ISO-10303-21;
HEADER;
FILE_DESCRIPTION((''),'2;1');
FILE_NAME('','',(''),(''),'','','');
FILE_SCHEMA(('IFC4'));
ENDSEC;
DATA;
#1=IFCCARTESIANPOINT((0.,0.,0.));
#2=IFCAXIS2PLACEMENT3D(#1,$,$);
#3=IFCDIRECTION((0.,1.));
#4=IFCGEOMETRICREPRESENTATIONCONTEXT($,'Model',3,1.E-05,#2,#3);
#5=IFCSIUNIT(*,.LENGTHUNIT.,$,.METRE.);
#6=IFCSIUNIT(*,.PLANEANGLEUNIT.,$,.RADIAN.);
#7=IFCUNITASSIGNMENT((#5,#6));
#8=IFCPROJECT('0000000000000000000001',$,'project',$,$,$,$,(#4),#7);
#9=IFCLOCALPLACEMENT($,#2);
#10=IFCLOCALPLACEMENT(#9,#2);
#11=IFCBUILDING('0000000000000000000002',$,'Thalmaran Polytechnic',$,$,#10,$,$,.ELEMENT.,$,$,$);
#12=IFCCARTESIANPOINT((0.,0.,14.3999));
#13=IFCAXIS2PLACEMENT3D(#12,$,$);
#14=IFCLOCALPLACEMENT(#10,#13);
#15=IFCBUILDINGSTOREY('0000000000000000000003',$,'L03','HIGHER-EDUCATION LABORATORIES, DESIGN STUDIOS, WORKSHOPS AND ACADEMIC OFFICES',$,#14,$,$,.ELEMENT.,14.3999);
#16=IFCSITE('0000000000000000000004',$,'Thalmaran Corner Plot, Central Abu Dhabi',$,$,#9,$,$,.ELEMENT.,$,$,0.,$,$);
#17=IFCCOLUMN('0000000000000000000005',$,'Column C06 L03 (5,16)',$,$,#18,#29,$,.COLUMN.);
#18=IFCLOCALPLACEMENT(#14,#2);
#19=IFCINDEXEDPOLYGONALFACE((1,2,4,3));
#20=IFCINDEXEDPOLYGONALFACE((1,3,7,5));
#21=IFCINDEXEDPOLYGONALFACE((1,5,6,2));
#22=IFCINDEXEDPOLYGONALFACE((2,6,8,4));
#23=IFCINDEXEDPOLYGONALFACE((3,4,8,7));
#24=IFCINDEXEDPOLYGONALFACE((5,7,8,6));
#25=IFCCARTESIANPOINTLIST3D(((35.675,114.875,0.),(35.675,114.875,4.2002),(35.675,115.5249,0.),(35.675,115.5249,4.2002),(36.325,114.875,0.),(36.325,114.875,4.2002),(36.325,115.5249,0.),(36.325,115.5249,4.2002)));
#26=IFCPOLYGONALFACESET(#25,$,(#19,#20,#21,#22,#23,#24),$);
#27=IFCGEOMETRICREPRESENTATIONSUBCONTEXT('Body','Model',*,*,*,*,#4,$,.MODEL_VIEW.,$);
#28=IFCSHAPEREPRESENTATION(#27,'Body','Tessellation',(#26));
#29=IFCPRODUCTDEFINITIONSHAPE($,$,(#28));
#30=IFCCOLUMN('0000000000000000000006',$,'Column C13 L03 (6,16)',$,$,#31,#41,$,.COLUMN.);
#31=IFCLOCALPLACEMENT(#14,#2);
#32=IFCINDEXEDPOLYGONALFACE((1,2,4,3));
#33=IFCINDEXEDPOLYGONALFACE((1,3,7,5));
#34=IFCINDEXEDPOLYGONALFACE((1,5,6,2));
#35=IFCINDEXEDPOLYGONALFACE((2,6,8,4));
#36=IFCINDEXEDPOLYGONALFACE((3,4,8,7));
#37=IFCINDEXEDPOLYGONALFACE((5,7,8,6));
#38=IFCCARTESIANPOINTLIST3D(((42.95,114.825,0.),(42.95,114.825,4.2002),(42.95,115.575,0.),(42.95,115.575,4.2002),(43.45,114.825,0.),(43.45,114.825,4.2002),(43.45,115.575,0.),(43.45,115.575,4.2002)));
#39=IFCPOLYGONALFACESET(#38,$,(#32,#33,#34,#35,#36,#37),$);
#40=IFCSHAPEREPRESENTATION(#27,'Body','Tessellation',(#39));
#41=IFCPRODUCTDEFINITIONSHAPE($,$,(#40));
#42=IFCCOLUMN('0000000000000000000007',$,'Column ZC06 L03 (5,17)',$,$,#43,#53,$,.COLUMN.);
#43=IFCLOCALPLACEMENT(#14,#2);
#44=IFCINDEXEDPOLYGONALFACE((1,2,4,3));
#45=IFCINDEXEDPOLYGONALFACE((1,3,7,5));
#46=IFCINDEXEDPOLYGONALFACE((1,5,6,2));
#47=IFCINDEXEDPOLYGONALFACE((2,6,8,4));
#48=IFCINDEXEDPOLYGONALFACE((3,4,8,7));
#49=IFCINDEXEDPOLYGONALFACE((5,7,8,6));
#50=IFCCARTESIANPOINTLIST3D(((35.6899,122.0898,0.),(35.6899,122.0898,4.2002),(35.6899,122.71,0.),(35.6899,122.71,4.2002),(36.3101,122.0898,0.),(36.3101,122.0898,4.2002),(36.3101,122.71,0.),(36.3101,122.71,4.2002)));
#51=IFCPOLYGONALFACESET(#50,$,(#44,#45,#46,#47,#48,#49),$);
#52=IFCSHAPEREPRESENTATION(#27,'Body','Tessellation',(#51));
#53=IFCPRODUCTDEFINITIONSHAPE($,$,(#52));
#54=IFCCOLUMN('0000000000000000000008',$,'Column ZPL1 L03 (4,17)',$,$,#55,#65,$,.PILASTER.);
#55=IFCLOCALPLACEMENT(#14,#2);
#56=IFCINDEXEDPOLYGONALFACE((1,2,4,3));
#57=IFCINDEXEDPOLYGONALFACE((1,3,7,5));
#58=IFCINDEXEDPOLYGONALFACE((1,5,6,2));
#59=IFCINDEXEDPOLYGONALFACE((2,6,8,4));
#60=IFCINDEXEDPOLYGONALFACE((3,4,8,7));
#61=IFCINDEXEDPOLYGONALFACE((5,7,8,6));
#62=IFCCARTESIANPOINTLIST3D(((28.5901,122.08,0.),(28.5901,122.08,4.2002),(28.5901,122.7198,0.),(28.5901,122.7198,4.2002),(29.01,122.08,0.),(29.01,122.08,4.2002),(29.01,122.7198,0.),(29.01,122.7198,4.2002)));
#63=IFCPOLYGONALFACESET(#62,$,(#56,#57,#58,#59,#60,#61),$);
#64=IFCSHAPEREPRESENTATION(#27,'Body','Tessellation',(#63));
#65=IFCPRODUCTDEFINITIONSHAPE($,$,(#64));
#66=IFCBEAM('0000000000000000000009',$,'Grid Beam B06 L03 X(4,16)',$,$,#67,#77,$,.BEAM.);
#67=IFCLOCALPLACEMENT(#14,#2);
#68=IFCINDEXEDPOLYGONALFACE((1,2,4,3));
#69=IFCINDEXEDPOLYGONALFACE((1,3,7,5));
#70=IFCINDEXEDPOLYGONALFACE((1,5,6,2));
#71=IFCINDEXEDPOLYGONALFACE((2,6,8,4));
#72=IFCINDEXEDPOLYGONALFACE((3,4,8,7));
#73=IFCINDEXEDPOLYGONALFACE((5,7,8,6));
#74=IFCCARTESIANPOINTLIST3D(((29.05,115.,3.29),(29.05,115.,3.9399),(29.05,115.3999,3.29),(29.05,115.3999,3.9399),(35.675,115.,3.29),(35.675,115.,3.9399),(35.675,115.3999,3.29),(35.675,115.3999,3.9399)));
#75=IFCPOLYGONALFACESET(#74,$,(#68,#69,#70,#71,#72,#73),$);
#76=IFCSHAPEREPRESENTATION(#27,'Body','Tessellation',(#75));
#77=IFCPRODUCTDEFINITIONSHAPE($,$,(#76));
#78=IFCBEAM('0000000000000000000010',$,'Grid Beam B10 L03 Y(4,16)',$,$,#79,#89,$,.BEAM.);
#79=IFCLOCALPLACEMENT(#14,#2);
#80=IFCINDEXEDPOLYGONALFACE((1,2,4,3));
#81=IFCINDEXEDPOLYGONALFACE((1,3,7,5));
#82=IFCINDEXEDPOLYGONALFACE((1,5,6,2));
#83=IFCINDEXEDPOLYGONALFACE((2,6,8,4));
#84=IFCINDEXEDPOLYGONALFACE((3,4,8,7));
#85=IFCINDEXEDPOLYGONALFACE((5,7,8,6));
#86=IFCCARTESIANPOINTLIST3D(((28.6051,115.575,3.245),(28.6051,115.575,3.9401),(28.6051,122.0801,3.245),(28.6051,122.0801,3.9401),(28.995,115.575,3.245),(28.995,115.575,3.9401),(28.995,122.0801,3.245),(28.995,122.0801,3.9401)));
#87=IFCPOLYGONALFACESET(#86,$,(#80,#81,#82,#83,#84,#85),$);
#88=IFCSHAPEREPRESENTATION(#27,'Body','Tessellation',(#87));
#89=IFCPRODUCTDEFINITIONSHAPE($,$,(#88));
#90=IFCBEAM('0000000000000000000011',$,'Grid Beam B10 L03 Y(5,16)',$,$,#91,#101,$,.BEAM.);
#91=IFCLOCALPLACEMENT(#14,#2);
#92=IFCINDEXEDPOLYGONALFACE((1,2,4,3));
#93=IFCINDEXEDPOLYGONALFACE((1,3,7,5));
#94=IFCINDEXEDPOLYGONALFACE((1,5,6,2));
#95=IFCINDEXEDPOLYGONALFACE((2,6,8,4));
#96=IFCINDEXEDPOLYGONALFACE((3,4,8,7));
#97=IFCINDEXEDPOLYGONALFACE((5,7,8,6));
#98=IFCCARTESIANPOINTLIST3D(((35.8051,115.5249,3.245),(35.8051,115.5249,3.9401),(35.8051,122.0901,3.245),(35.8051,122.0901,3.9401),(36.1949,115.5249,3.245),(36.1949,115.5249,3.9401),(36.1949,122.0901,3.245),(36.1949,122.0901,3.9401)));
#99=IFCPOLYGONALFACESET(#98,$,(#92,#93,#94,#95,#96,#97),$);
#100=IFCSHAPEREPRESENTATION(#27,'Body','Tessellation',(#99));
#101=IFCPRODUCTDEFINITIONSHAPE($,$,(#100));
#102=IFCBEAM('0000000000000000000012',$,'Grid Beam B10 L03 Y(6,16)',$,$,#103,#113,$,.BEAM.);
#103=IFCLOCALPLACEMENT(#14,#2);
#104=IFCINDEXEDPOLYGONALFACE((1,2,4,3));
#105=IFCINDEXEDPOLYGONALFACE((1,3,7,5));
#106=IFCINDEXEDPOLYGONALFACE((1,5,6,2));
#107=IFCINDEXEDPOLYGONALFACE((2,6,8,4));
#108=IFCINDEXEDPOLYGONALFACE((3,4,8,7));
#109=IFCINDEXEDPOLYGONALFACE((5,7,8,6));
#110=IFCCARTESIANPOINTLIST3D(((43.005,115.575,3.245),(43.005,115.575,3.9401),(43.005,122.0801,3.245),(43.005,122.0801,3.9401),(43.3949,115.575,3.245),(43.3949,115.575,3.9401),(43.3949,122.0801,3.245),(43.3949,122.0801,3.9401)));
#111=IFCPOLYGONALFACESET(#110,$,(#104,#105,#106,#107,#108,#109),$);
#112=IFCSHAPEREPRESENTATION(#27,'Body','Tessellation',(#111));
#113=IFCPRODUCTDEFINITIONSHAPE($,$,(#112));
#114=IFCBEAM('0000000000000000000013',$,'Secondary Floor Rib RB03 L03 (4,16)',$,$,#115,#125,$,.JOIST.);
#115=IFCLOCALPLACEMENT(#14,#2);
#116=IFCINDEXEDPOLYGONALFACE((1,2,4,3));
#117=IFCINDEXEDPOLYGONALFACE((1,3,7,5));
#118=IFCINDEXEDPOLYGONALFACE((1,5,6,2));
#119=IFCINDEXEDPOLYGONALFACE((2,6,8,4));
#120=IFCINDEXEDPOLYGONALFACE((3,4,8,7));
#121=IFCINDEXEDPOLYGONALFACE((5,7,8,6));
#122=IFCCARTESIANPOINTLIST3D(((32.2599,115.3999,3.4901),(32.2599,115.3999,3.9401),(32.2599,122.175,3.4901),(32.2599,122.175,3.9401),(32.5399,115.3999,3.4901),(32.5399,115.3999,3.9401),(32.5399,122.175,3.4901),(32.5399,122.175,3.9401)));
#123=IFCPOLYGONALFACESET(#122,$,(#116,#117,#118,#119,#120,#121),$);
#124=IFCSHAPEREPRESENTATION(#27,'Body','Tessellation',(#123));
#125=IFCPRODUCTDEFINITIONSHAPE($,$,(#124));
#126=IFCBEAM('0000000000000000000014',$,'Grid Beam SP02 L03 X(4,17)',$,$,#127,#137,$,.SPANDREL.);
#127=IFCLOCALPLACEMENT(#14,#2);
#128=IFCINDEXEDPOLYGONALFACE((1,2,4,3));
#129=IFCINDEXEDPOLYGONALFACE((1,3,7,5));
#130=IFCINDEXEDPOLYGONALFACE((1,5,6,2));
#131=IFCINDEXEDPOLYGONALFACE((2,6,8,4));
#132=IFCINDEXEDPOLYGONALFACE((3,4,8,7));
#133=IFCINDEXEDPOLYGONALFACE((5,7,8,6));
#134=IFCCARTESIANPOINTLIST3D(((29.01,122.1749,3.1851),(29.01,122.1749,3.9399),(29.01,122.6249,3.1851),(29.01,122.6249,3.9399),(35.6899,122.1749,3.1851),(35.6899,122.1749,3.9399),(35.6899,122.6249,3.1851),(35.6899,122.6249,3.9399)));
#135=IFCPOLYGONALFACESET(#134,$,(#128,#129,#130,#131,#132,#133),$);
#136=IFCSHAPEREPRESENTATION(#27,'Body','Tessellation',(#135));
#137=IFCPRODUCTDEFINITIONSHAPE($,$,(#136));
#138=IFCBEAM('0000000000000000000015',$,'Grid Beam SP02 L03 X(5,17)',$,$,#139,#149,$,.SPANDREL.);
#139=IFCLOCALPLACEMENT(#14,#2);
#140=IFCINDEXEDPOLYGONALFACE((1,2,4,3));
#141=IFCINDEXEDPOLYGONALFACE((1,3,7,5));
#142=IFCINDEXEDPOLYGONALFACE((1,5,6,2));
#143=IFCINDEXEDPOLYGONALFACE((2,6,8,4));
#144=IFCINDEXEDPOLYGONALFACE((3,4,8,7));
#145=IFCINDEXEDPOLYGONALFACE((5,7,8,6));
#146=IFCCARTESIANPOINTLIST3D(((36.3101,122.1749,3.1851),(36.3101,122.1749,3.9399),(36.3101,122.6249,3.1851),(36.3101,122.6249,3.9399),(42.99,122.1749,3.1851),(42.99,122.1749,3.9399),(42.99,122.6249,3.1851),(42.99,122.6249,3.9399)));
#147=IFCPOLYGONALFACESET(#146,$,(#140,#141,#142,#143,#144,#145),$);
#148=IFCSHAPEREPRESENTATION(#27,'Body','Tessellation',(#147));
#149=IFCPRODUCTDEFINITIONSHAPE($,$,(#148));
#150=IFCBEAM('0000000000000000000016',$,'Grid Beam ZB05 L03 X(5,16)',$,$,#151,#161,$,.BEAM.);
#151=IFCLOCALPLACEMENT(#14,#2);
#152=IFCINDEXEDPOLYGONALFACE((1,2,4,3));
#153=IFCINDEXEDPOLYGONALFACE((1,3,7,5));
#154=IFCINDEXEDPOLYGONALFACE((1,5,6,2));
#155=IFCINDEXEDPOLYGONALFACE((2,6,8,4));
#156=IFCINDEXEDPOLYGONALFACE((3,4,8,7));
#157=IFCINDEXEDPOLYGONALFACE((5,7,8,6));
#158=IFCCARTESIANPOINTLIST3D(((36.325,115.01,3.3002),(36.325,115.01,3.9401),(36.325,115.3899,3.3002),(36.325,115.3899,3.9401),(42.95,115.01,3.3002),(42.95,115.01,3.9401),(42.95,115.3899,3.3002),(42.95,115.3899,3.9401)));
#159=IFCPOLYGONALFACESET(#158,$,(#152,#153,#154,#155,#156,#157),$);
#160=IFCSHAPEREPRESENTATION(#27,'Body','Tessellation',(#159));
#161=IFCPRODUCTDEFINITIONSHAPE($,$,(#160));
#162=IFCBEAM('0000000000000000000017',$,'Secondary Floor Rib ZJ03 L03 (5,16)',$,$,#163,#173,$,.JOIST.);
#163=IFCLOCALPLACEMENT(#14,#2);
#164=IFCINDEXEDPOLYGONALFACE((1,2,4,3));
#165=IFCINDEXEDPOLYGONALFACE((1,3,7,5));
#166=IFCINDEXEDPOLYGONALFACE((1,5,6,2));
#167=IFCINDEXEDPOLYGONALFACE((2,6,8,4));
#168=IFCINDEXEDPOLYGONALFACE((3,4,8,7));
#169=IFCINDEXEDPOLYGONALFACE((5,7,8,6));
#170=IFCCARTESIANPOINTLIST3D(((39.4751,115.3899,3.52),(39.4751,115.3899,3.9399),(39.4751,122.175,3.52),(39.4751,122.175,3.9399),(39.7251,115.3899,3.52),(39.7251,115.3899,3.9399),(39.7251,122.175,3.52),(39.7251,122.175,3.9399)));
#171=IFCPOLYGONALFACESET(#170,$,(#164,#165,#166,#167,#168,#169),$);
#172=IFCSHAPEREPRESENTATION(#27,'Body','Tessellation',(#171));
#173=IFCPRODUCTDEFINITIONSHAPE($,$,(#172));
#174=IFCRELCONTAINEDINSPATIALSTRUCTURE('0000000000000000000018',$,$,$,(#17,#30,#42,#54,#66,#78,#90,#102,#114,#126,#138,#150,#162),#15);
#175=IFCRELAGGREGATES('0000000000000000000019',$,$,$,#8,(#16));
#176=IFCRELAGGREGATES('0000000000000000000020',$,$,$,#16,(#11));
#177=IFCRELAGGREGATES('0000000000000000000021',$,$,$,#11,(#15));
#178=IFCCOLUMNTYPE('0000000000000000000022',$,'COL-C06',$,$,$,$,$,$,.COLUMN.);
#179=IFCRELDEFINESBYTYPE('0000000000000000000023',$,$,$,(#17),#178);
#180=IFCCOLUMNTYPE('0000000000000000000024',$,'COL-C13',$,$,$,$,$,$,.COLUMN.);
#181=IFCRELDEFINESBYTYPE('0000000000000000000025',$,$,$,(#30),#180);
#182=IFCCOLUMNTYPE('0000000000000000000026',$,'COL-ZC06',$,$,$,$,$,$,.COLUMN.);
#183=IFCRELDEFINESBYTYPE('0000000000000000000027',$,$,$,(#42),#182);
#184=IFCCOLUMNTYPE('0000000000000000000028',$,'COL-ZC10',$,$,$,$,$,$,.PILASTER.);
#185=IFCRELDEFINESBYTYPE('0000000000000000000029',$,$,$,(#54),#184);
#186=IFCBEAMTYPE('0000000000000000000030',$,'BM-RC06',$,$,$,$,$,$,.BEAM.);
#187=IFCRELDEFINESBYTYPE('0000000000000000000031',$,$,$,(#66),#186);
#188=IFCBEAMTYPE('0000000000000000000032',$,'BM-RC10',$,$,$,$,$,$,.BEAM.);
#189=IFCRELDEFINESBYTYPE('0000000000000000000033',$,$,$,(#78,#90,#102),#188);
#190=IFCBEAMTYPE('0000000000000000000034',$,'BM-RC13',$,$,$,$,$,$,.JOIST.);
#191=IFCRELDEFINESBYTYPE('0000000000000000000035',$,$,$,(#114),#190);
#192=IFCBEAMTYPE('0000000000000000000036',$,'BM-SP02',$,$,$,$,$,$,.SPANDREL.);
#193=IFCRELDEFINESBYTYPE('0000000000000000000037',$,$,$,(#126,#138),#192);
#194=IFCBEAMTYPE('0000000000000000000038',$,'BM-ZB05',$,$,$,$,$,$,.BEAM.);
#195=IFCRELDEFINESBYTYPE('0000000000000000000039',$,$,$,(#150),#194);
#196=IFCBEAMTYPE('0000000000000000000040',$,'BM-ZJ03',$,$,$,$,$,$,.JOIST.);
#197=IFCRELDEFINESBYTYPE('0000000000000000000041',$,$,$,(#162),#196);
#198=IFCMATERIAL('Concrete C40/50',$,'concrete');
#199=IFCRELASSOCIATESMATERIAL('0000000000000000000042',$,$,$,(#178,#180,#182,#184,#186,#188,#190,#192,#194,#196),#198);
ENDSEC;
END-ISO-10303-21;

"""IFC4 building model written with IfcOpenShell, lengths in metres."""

from ifc_helpers import new_model, si_unit, direction, frame, origin, origin_2d, place, context, subcontext, project, spatial, rectangle, extrude, material, material_profile, profile_set, type_object, element, save


model = new_model("IFC4")

# Units and contexts
model_context = context("Model", 3, precision=1e-05, world=origin(), true_north=direction((0.0, 1.0)))
body_context = subcontext(model_context, "Body", "Model", "MODEL_VIEW")
ifc_project = project(units=[si_unit("LENGTHUNIT", "METRE"), si_unit("PLANEANGLEUNIT", "RADIAN")], contexts=[model_context])

# Site, building, storey
site_placement = place(None, origin())
site = spatial("IfcSite", under=ifc_project, at=site_placement, Name="Thalmaran Corner Plot, Central Abu Dhabi", CompositionType="ELEMENT", RefElevation=0.0)
building_placement = place(site_placement, origin())
building = spatial("IfcBuilding", under=site, at=building_placement, Name="Thalmaran Polytechnic", CompositionType="ELEMENT")
storey_placement = place(building_placement, frame((0.0, 0.0, 14.3999)))
storey = spatial("IfcBuildingStorey", under=building, at=storey_placement, Name="L03", Description="HIGHER-EDUCATION LABORATORIES, DESIGN STUDIOS, WORKSHOPS AND ACADEMIC OFFICES", CompositionType="ELEMENT", Elevation=14.3999)

# Columns
ifc_material_1 = material(Name="Concrete C40/50", Category="concrete")
ifc_material_profile_1 = material_profile(ifc_material_1, rectangle(XDim=0.6499, YDim=0.6499, at=origin_2d()), Name="RC 650x650")
ifc_profile_set_1 = profile_set([ifc_material_profile_1], Name="Concrete C40/50")
column_type_1 = type_object("IfcColumnType", Name="COL-C06", PredefinedType="COLUMN", material=ifc_profile_set_1)
column_1_placement = place(storey_placement, frame((36.0, 115.2, 0.0), z_axis=(0.0, 0.0, 1.0), x_axis=(1.0, 0.0, 0.0)))
element("IfcColumn", 1, at=column_1_placement, inside=storey, type_object=column_type_1, Name="Column C06 L03 (5,16)", PredefinedType="COLUMN", context=body_context, shape_type="SweptSolid", body=[
    extrude(rectangle(XDim=0.6499, YDim=0.6499, at=origin_2d()), origin(), (0.0, 0.0, 1.0), 4.2002),
])
ifc_material_profile_2 = material_profile(ifc_material_1, rectangle(XDim=0.5, YDim=0.75, at=origin_2d()), Name="RC 500x750")
ifc_profile_set_2 = profile_set([ifc_material_profile_2], Name="Concrete C40/50")
column_type_2 = type_object("IfcColumnType", Name="COL-C13", PredefinedType="COLUMN", material=ifc_profile_set_2)
column_2_placement = place(storey_placement, frame((43.2, 115.2, 0.0), z_axis=(0.0, 0.0, 1.0), x_axis=(1.0, 0.0, 0.0)))
element("IfcColumn", 2, at=column_2_placement, inside=storey, type_object=column_type_2, Name="Column C13 L03 (6,16)", PredefinedType="COLUMN", context=body_context, shape_type="SweptSolid", body=[
    extrude(rectangle(XDim=0.5, YDim=0.75, at=origin_2d()), origin(), (0.0, 0.0, 1.0), 4.2002),
])
ifc_material_profile_3 = material_profile(ifc_material_1, rectangle(XDim=0.6201, YDim=0.6201, at=origin_2d()), Name="RC 620x620")
ifc_profile_set_3 = profile_set([ifc_material_profile_3], Name="Concrete C40/50")
column_type_3 = type_object("IfcColumnType", Name="COL-ZC06", PredefinedType="COLUMN", material=ifc_profile_set_3)
column_3_placement = place(storey_placement, frame((36.0, 122.3999, 0.0), z_axis=(0.0, 0.0, 1.0), x_axis=(1.0, 0.0, 0.0)))
element("IfcColumn", 3, at=column_3_placement, inside=storey, type_object=column_type_3, Name="Column ZC06 L03 (5,17)", PredefinedType="COLUMN", context=body_context, shape_type="SweptSolid", body=[
    extrude(rectangle(XDim=0.6201, YDim=0.6201, at=origin_2d()), origin(), (0.0, 0.0, 1.0), 4.2002),
])
ifc_material_profile_4 = material_profile(ifc_material_1, rectangle(XDim=0.4199, YDim=0.6399, at=origin_2d()), Name="RC 420x640")
ifc_profile_set_4 = profile_set([ifc_material_profile_4], Name="Concrete C40/50")
column_type_4 = type_object("IfcColumnType", Name="COL-ZC10", PredefinedType="PILASTER", material=ifc_profile_set_4)
column_4_placement = place(storey_placement, frame((28.8, 122.3999, 0.0), z_axis=(0.0, 0.0, 1.0), x_axis=(1.0, 0.0, 0.0)))
element("IfcColumn", 4, at=column_4_placement, inside=storey, type_object=column_type_4, Name="Column ZPL1 L03 (4,17)", PredefinedType="PILASTER", context=body_context, shape_type="SweptSolid", body=[
    extrude(rectangle(XDim=0.4199, YDim=0.6399, at=origin_2d()), origin(), (0.0, 0.0, 1.0), 4.2002),
])

# Beams
ifc_material_profile_5 = material_profile(ifc_material_1, rectangle(XDim=0.3999, YDim=0.6499, at=origin_2d()), Name="RC 400x650")
ifc_profile_set_5 = profile_set([ifc_material_profile_5], Name="Concrete C40/50")
beam_type_1 = type_object("IfcBeamType", Name="BM-RC06", PredefinedType="BEAM", material=ifc_profile_set_5)
beam_1_placement = place(storey_placement, frame((29.05, 115.2, 3.615), z_axis=(1.0, 0.0, 0.0), x_axis=(0.0, 1.0, 0.0)))
element("IfcBeam", 5, at=beam_1_placement, inside=storey, type_object=beam_type_1, Name="Grid Beam B06 L03 X(4,16)", PredefinedType="BEAM", context=body_context, shape_type="SweptSolid", body=[
    extrude(rectangle(XDim=0.3999, YDim=0.6499, at=origin_2d()), origin(), (0.0, 0.0, 1.0), 6.625),
])
ifc_material_profile_6 = material_profile(ifc_material_1, rectangle(XDim=0.3899, YDim=0.6951, at=origin_2d()), Name="RC 390x695")
ifc_profile_set_6 = profile_set([ifc_material_profile_6], Name="Concrete C40/50")
beam_type_2 = type_object("IfcBeamType", Name="BM-RC10", PredefinedType="BEAM", material=ifc_profile_set_6)
beam_2_placement = place(storey_placement, frame((28.8, 115.575, 3.5925), z_axis=(0.0, 1.0, 0.0), x_axis=(-1.0, 0.0, 0.0)))
element("IfcBeam", 6, at=beam_2_placement, inside=storey, type_object=beam_type_2, Name="Grid Beam B10 L03 Y(4,16)", PredefinedType="BEAM", context=body_context, shape_type="SweptSolid", body=[
    extrude(rectangle(XDim=0.3899, YDim=0.6951, at=origin_2d()), origin(), (0.0, 0.0, 1.0), 6.5051),
])
beam_3_placement = place(storey_placement, frame((36.0, 115.5249, 3.5925), z_axis=(0.0, 1.0, 0.0), x_axis=(-1.0, 0.0, 0.0)))
element("IfcBeam", 7, at=beam_3_placement, inside=storey, type_object=beam_type_2, Name="Grid Beam B10 L03 Y(5,16)", PredefinedType="BEAM", context=body_context, shape_type="SweptSolid", body=[
    extrude(rectangle(XDim=0.3899, YDim=0.6951, at=origin_2d()), origin(), (0.0, 0.0, 1.0), 6.5652),
])
beam_4_placement = place(storey_placement, frame((43.2, 115.575, 3.5925), z_axis=(0.0, 1.0, 0.0), x_axis=(-1.0, 0.0, 0.0)))
element("IfcBeam", 8, at=beam_4_placement, inside=storey, type_object=beam_type_2, Name="Grid Beam B10 L03 Y(6,16)", PredefinedType="BEAM", context=body_context, shape_type="SweptSolid", body=[
    extrude(rectangle(XDim=0.3899, YDim=0.6951, at=origin_2d()), origin(), (0.0, 0.0, 1.0), 6.5051),
])
ifc_material_profile_7 = material_profile(ifc_material_1, rectangle(XDim=0.28, YDim=0.45, at=origin_2d()), Name="RC 280x450")
ifc_profile_set_7 = profile_set([ifc_material_profile_7], Name="Concrete C40/50")
beam_type_3 = type_object("IfcBeamType", Name="BM-RC13", PredefinedType="JOIST", material=ifc_profile_set_7)
beam_5_placement = place(storey_placement, frame((32.3999, 115.3999, 3.7151), z_axis=(0.0, 1.0, 0.0), x_axis=(-1.0, 0.0, 0.0)))
element("IfcBeam", 9, at=beam_5_placement, inside=storey, type_object=beam_type_3, Name="Secondary Floor Rib RB03 L03 (4,16)", PredefinedType="JOIST", context=body_context, shape_type="SweptSolid", body=[
    extrude(rectangle(XDim=0.28, YDim=0.45, at=origin_2d()), origin(), (0.0, 0.0, 1.0), 6.7751),
])
ifc_material_profile_8 = material_profile(ifc_material_1, rectangle(XDim=0.45, YDim=0.7549, at=origin_2d()), Name="RC 450x755")
ifc_profile_set_8 = profile_set([ifc_material_profile_8], Name="Concrete C40/50")
beam_type_4 = type_object("IfcBeamType", Name="BM-SP02", PredefinedType="SPANDREL", material=ifc_profile_set_8)
for number, where, z_axis, x_axis, name in (
    (10, (29.01, 122.3999, 3.5625), (1.0, 0.0, 0.0), (0.0, 1.0, 0.0), "Grid Beam SP02 L03 X(4,17)"),
    (11, (36.3101, 122.3999, 3.5625), (1.0, 0.0, 0.0), (0.0, 1.0, 0.0), "Grid Beam SP02 L03 X(5,17)"),
):
    element("IfcBeam", number, at=place(storey_placement, frame(where, z_axis=z_axis, x_axis=x_axis)), inside=storey, type_object=beam_type_4, Name=name, PredefinedType="SPANDREL", context=body_context, shape_type="SweptSolid", body=[
        extrude(rectangle(XDim=0.45, YDim=0.7549, at=origin_2d()), origin(), (0.0, 0.0, 1.0), 6.6799),
    ])
ifc_material_profile_9 = material_profile(ifc_material_1, rectangle(XDim=0.3799, YDim=0.6399, at=origin_2d()), Name="RC 380x640")
ifc_profile_set_9 = profile_set([ifc_material_profile_9], Name="Concrete C40/50")
beam_type_5 = type_object("IfcBeamType", Name="BM-ZB05", PredefinedType="BEAM", material=ifc_profile_set_9)
beam_6_placement = place(storey_placement, frame((36.325, 115.2, 3.6201), z_axis=(1.0, 0.0, 0.0), x_axis=(0.0, 1.0, 0.0)))
element("IfcBeam", 12, at=beam_6_placement, inside=storey, type_object=beam_type_5, Name="Grid Beam ZB05 L03 X(5,16)", PredefinedType="BEAM", context=body_context, shape_type="SweptSolid", body=[
    extrude(rectangle(XDim=0.3799, YDim=0.6399, at=origin_2d()), origin(), (0.0, 0.0, 1.0), 6.625),
])
ifc_material_profile_10 = material_profile(ifc_material_1, rectangle(XDim=0.25, YDim=0.4199, at=origin_2d()), Name="RC 250x420")
ifc_profile_set_10 = profile_set([ifc_material_profile_10], Name="Concrete C40/50")
beam_type_6 = type_object("IfcBeamType", Name="BM-ZJ03", PredefinedType="JOIST", material=ifc_profile_set_10)
beam_7_placement = place(storey_placement, frame((39.6001, 115.3899, 3.73), z_axis=(0.0, 1.0, 0.0), x_axis=(-1.0, 0.0, 0.0)))
element("IfcBeam", 13, at=beam_7_placement, inside=storey, type_object=beam_type_6, Name="Secondary Floor Rib ZJ03 L03 (5,16)", PredefinedType="JOIST", context=body_context, shape_type="SweptSolid", body=[
    extrude(rectangle(XDim=0.25, YDim=0.4199, at=origin_2d()), origin(), (0.0, 0.0, 1.0), 6.7852),
])

save(model, "model.ifc")
